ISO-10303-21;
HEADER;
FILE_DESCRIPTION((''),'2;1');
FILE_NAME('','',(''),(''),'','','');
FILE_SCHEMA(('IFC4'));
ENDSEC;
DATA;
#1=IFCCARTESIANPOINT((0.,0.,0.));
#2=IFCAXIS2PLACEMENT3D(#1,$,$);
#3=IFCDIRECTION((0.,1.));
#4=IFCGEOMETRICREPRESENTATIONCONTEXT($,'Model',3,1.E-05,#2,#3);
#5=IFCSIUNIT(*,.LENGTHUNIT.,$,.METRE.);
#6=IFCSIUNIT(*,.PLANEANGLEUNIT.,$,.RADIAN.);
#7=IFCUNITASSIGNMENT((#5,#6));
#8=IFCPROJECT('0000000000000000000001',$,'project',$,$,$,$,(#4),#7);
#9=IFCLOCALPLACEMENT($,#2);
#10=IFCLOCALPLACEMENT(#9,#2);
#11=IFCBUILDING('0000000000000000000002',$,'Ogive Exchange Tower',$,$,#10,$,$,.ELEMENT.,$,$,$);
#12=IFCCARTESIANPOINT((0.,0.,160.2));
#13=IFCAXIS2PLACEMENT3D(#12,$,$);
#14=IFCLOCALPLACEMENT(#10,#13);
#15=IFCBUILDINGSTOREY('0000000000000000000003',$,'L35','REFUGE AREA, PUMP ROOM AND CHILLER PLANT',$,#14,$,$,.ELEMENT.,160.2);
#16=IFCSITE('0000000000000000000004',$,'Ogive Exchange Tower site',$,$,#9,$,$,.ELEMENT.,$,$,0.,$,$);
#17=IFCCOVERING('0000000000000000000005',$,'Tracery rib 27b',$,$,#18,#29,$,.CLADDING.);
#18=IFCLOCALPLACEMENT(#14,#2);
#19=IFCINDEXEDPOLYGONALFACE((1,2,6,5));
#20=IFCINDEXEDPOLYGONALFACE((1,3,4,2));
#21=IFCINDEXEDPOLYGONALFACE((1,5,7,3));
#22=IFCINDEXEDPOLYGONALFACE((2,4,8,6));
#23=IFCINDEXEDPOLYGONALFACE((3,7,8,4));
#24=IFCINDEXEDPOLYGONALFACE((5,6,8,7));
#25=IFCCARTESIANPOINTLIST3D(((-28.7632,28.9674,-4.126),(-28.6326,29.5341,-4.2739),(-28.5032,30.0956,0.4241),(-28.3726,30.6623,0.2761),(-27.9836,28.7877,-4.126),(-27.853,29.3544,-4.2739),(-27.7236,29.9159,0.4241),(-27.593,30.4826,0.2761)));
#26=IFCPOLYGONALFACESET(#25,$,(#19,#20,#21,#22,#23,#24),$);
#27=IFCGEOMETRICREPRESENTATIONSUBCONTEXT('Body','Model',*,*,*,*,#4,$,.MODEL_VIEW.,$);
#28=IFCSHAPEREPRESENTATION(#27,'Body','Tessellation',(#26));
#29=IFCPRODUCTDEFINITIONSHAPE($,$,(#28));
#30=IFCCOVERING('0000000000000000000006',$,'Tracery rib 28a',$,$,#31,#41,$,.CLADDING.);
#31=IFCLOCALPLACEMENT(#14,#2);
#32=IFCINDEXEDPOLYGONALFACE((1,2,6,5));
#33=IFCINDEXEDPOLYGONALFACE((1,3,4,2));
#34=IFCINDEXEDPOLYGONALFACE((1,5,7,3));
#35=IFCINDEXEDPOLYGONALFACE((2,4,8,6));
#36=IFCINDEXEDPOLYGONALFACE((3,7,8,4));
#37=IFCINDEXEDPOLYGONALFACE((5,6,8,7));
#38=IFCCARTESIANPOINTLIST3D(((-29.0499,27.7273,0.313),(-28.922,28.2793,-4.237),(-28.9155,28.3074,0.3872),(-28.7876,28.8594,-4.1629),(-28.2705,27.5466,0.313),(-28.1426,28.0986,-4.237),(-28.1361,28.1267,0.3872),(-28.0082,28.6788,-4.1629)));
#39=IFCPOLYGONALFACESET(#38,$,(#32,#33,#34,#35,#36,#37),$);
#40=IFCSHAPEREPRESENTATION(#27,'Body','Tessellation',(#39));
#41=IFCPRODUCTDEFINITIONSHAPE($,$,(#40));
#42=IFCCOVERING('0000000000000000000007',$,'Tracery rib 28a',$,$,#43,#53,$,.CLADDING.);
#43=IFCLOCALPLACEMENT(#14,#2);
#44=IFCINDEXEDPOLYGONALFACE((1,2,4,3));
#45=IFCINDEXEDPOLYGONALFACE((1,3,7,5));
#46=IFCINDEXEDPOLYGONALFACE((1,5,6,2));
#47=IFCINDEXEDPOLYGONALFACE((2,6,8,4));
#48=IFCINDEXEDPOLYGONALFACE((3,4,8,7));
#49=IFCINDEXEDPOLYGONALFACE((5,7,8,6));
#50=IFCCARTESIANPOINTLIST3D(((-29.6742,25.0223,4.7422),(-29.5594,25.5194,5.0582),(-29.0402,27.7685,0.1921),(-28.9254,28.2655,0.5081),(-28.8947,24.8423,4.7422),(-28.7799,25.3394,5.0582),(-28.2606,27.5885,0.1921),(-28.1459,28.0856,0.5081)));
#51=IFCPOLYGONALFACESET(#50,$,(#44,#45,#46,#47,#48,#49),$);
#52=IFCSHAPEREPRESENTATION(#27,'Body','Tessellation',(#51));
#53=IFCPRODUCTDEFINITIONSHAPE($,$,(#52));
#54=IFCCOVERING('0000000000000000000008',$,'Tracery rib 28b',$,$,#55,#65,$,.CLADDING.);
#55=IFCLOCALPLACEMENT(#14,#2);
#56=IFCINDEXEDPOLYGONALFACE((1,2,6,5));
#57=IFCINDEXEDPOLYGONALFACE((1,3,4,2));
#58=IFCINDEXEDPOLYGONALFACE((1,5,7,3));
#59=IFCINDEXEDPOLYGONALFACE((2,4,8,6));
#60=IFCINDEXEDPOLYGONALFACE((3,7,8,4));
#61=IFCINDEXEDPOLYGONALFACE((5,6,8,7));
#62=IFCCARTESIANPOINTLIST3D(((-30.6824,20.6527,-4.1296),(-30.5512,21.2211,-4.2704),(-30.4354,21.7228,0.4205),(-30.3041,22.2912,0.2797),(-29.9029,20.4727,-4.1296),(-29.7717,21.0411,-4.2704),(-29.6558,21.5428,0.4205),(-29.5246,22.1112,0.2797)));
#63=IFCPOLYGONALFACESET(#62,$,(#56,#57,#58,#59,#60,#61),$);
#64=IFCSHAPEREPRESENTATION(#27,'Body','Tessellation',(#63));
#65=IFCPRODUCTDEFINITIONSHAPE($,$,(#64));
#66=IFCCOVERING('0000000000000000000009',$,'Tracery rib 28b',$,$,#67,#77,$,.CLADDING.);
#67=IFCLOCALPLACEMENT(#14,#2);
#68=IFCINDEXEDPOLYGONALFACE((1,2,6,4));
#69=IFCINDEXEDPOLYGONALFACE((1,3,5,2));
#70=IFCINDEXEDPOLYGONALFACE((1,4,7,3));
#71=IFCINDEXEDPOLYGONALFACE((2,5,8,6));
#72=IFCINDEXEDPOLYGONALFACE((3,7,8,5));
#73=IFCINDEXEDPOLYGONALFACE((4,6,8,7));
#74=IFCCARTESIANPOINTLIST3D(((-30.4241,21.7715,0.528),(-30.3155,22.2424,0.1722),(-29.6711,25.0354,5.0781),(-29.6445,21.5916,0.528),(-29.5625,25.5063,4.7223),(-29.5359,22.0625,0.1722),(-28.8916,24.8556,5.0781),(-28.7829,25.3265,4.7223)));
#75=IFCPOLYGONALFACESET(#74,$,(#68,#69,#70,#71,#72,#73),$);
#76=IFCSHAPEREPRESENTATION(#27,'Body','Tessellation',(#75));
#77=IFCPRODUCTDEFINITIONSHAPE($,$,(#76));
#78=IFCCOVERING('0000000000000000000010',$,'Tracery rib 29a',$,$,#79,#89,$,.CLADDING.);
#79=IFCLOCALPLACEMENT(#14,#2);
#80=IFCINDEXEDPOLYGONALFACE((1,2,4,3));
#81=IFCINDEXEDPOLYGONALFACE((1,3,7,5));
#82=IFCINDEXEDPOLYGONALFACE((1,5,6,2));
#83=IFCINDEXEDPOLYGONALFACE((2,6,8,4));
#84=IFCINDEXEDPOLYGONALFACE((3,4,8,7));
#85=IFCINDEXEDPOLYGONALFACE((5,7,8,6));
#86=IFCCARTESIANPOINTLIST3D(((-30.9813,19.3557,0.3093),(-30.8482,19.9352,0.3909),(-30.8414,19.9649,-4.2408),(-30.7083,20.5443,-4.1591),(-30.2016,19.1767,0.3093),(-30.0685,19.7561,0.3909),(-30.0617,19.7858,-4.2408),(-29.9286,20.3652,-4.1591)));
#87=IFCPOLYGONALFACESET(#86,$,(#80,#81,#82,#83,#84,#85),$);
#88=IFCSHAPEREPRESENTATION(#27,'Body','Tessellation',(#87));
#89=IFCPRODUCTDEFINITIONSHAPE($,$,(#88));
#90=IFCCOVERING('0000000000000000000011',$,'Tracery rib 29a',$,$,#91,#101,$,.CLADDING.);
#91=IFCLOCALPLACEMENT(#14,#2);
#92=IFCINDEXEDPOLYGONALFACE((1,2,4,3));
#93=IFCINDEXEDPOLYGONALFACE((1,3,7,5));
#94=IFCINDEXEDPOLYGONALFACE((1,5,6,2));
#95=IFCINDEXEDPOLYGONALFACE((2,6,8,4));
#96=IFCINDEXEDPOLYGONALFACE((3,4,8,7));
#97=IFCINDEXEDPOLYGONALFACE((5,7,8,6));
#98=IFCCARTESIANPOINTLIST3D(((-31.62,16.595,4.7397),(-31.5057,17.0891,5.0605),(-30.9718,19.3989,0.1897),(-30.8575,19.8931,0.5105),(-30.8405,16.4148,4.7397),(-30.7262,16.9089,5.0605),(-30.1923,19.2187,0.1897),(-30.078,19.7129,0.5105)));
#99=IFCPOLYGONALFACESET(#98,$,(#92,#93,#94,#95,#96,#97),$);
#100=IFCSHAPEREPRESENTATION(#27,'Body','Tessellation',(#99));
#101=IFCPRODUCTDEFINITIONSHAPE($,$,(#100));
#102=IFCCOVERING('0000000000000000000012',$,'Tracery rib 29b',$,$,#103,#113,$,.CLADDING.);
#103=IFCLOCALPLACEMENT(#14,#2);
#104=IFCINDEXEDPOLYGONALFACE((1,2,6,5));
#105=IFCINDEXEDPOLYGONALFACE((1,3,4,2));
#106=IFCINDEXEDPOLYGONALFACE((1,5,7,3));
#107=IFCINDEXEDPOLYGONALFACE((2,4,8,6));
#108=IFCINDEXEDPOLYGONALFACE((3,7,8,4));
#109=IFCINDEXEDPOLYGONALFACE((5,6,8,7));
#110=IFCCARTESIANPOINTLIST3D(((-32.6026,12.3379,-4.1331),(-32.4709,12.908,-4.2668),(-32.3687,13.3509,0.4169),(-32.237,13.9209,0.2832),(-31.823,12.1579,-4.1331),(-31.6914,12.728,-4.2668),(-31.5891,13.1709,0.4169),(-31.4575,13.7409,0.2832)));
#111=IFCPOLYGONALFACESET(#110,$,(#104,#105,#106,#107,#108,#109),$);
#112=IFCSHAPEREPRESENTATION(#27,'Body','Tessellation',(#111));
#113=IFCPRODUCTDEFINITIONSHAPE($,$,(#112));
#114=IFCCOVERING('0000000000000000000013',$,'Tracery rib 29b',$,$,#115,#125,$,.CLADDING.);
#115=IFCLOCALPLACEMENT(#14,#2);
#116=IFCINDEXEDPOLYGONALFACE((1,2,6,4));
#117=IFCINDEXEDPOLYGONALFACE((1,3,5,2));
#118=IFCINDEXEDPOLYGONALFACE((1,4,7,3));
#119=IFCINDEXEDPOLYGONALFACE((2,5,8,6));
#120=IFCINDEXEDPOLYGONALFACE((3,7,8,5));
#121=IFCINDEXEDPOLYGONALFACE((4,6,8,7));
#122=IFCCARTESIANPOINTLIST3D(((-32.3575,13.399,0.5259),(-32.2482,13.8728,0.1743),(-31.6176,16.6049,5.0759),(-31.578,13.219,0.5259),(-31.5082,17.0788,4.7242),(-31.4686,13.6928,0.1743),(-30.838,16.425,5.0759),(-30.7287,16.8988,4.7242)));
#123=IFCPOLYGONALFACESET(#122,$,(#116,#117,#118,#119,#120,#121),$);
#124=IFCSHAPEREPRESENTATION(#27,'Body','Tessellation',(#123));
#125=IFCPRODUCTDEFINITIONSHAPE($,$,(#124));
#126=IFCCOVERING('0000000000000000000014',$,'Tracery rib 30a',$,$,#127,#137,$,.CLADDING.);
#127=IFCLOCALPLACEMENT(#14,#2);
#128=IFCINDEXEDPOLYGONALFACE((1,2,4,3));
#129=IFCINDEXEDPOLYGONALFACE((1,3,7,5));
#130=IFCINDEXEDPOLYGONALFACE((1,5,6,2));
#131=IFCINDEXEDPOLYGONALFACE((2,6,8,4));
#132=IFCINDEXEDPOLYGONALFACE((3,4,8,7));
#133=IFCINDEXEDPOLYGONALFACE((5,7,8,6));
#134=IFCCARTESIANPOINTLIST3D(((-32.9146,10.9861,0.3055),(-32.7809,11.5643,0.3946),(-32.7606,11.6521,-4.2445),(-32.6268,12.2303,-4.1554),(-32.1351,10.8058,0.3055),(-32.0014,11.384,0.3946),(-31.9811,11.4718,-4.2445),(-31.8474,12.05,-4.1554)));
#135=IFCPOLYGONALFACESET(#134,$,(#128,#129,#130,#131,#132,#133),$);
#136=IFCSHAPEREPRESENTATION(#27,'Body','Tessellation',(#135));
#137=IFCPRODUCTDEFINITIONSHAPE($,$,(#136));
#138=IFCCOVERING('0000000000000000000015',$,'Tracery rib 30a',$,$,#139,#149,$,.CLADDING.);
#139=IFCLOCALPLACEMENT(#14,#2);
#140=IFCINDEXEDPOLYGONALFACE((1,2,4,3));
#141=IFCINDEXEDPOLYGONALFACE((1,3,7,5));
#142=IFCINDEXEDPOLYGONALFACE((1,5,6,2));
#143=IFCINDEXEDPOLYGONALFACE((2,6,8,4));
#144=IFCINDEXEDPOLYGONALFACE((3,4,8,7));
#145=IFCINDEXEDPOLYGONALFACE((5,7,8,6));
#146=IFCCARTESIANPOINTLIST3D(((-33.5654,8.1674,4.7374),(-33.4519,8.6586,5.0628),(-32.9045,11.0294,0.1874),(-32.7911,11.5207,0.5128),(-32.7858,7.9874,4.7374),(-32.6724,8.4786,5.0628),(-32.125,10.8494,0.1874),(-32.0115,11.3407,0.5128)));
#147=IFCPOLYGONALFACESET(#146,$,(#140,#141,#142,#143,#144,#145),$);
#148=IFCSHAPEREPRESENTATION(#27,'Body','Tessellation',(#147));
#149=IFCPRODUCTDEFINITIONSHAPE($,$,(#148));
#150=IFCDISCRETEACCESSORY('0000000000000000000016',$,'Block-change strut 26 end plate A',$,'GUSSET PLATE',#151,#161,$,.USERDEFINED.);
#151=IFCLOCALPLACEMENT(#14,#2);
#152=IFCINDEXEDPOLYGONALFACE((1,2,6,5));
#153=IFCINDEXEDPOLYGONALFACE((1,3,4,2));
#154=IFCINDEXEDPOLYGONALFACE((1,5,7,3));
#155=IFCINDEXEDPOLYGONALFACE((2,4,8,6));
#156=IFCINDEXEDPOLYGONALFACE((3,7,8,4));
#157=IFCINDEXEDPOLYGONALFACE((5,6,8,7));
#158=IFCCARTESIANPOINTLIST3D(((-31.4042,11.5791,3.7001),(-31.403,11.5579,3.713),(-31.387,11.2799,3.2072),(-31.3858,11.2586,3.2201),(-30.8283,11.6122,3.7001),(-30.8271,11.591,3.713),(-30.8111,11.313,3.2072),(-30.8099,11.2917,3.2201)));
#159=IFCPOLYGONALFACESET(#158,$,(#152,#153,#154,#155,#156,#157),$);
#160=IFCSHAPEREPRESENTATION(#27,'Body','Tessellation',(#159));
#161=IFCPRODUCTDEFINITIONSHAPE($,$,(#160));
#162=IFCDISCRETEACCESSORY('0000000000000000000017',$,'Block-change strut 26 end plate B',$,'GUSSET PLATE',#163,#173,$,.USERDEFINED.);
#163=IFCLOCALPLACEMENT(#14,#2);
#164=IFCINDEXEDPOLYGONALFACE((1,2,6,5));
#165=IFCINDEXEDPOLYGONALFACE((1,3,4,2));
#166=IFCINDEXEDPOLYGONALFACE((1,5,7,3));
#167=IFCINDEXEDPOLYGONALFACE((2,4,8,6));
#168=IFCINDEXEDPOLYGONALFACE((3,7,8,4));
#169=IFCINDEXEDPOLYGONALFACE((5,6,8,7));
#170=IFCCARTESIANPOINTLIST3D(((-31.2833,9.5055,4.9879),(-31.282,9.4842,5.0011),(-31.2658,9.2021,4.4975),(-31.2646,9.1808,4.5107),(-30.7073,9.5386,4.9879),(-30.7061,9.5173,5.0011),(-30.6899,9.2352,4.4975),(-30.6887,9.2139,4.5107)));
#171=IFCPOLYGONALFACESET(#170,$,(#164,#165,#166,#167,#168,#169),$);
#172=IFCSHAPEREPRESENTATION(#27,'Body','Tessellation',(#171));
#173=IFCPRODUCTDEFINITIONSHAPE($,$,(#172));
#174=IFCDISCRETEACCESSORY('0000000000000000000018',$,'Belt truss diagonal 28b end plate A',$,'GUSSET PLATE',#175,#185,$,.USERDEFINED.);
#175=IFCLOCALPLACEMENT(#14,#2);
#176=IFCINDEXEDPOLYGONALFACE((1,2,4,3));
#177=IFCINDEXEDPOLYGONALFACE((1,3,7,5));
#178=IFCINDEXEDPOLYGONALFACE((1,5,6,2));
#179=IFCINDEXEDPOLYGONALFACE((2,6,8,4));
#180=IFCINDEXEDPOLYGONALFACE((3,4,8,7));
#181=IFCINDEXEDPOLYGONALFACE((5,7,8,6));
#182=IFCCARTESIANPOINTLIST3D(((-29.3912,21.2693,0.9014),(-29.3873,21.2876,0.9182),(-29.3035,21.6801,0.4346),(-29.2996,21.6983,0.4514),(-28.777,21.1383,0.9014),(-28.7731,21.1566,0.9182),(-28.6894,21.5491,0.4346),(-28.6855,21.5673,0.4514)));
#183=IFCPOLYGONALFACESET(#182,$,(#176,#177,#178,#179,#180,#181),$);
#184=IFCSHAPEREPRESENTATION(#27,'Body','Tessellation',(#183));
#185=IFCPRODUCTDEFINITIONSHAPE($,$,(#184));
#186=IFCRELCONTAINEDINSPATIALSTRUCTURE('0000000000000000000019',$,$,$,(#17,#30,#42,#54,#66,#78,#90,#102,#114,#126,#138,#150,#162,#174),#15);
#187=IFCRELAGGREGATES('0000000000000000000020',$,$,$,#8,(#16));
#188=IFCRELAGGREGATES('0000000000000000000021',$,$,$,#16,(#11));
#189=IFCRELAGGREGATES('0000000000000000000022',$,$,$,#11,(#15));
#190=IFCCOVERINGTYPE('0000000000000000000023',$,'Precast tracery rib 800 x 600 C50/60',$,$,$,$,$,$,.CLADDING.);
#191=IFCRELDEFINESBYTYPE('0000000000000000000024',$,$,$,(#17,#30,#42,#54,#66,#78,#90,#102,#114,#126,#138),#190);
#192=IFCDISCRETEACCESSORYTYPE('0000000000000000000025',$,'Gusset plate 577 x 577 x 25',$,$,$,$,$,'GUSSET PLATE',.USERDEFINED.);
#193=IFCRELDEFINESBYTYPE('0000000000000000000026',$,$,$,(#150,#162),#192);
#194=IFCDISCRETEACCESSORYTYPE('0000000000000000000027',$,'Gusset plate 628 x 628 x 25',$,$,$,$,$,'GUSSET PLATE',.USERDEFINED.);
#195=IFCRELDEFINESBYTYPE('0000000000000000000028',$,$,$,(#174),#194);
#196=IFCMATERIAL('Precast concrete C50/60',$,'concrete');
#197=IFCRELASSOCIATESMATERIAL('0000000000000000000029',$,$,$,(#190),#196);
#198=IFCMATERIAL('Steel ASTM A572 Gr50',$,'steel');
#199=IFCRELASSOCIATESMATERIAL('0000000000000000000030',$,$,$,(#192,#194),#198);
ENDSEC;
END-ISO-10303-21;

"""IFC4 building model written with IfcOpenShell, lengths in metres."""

from ifc_helpers import new_model, si_unit, direction, frame, origin, origin_2d, place, context, subcontext, project, spatial, rectangle, extrude, material, material_profile, profile_set, type_object, element, save


model = new_model("IFC4")

# Units and contexts
model_context = context("Model", 3, precision=1e-05, world=origin(), true_north=direction((0.0, 1.0)))
body_context = subcontext(model_context, "Body", "Model", "MODEL_VIEW")
ifc_project = project(units=[si_unit("LENGTHUNIT", "METRE"), si_unit("PLANEANGLEUNIT", "RADIAN")], contexts=[model_context])

# Site, building, storey
site_placement = place(None, origin())
site = spatial("IfcSite", under=ifc_project, at=site_placement, Name="Ogive Exchange Tower site", CompositionType="ELEMENT", RefElevation=0.0)
building_placement = place(site_placement, origin())
building = spatial("IfcBuilding", under=site, at=building_placement, Name="Ogive Exchange Tower", CompositionType="ELEMENT")
storey_placement = place(building_placement, frame((0.0, 0.0, 160.2)))
storey = spatial("IfcBuildingStorey", under=building, at=storey_placement, Name="L35", Description="REFUGE AREA, PUMP ROOM AND CHILLER PLANT", CompositionType="ELEMENT", Elevation=160.2)

# Coverings
ifc_material_1 = material(Name="Precast concrete C50/60", Category="concrete")
ifc_material_profile_1 = material_profile(ifc_material_1, rectangle(XDim=0.8, YDim=0.6001, at=origin_2d()), Name="RIB 800 x 600")
ifc_profile_set_1 = profile_set([ifc_material_profile_1], Name="Precast concrete C50/60")
covering_type = type_object("IfcCoveringType", Name="Precast tracery rib 800 x 600 C50/60", PredefinedType="CLADDING", material=ifc_profile_set_1)
covering_1_placement = place(storey_placement, frame((-28.3081, 29.1609, -4.2), z_axis=(0.05538, 0.240291, 0.96912), x_axis=(-0.974455, 0.224582, 0.0)))
element("IfcCovering", 1, at=covering_1_placement, inside=storey, type_object=covering_type, Name="Tracery rib 27b", PredefinedType="CLADDING", context=body_context, shape_type="SweptSolid", body=[
    extrude(rectangle(XDim=0.8, YDim=0.6001, at=origin_2d()), origin(), (0.0, 0.0, 1.0), 4.6951),
])
covering_2_placement = place(storey_placement, frame((-28.4651, 28.479, -4.2), z_axis=(-0.027901, -0.120388, 0.992335), x_axis=(0.97418, -0.225772, 0.0)))
element("IfcCovering", 2, at=covering_2_placement, inside=storey, type_object=covering_type, Name="Tracery rib 28a", PredefinedType="CLADDING", context=body_context, shape_type="SweptSolid", body=[
    extrude(rectangle(XDim=0.8, YDim=0.6001, at=origin_2d()), origin(), (0.0, 0.0, 1.0), 4.5852),
])
covering_3_placement = place(storey_placement, frame((-28.593, 27.927, 0.3501), z_axis=(-0.118462, -0.513078, 0.850128), x_axis=(0.974366, -0.224967, 0.0)))
element("IfcCovering", 3, at=covering_3_placement, inside=storey, type_object=covering_type, Name="Tracery rib 28a", PredefinedType="CLADDING", context=body_context, shape_type="SweptSolid", body=[
    extrude(rectangle(XDim=0.8, YDim=0.6001, at=origin_2d()), origin(), (0.0, 0.0, 1.0), 5.3523),
])
covering_4_placement = place(storey_placement, frame((-30.2271, 20.8469, -4.2), z_axis=(0.052785, 0.228612, 0.972085), x_axis=(-0.974365, 0.224973, 0.0)))
element("IfcCovering", 4, at=covering_4_placement, inside=storey, type_object=covering_type, Name="Tracery rib 28b", PredefinedType="CLADDING", context=body_context, shape_type="SweptSolid", body=[
    extrude(rectangle(XDim=0.8, YDim=0.6001, at=origin_2d()), origin(), (0.0, 0.0, 1.0), 4.6807),
])
covering_5_placement = place(storey_placement, frame((-29.98, 21.917, 0.3501), z_axis=(0.133261, 0.57768, 0.805312), x_axis=(-0.97441, 0.22478, 0.0)))
element("IfcCovering", 5, at=covering_5_placement, inside=storey, type_object=covering_type, Name="Tracery rib 28b", PredefinedType="CLADDING", context=body_context, shape_type="SweptSolid", body=[
    extrude(rectangle(XDim=0.8, YDim=0.6001, at=origin_2d()), origin(), (0.0, 0.0, 1.0), 5.6501),
])
covering_6_placement = place(storey_placement, frame((-30.385, 20.165, -4.2), z_axis=(-0.030459, -0.132628, 0.990698), x_axis=(0.974628, -0.223832, 0.0)))
element("IfcCovering", 6, at=covering_6_placement, inside=storey, type_object=covering_type, Name="Tracery rib 29a", PredefinedType="CLADDING", context=body_context, shape_type="SweptSolid", body=[
    extrude(rectangle(XDim=0.8, YDim=0.6001, at=origin_2d()), origin(), (0.0, 0.0, 1.0), 4.5928),
])
covering_7_placement = place(storey_placement, frame((-30.5249, 19.5559, 0.3501), z_axis=(-0.120397, -0.520814, 0.845138), x_axis=(0.974305, -0.225231, 0.0)))
element("IfcCovering", 7, at=covering_7_placement, inside=storey, type_object=covering_type, Name="Tracery rib 29a", PredefinedType="CLADDING", context=body_context, shape_type="SweptSolid", body=[
    extrude(rectangle(XDim=0.8, YDim=0.6001, at=origin_2d()), origin(), (0.0, 0.0, 1.0), 5.3838),
])
covering_8_placement = place(storey_placement, frame((-32.147, 12.533, -4.2), z_axis=(0.050112, 0.217029, 0.974878), x_axis=(-0.974363, 0.22498, 0.0)))
element("IfcCovering", 8, at=covering_8_placement, inside=storey, type_object=covering_type, Name="Tracery rib 29b", PredefinedType="CLADDING", context=body_context, shape_type="SweptSolid", body=[
    extrude(rectangle(XDim=0.8, YDim=0.6001, at=origin_2d()), origin(), (0.0, 0.0, 1.0), 4.6672),
])
covering_9_placement = place(storey_placement, frame((-31.9131, 13.5459, 0.3501), z_axis=(0.131786, 0.57097, 0.810324), x_axis=(-0.974382, 0.224897, 0.0)))
element("IfcCovering", 9, at=covering_9_placement, inside=storey, type_object=covering_type, Name="Tracery rib 29b", PredefinedType="CLADDING", context=body_context, shape_type="SweptSolid", body=[
    extrude(rectangle(XDim=0.8, YDim=0.6001, at=origin_2d()), origin(), (0.0, 0.0, 1.0), 5.615),
])
covering_10_placement = place(storey_placement, frame((-32.304, 11.8511, -4.2), z_axis=(-0.033482, -0.144751, 0.988901), x_axis=(0.974277, -0.225355, 0.0)))
element("IfcCovering", 10, at=covering_10_placement, inside=storey, type_object=covering_type, Name="Tracery rib 30a", PredefinedType="CLADDING", context=body_context, shape_type="SweptSolid", body=[
    extrude(rectangle(XDim=0.8, YDim=0.6001, at=origin_2d()), origin(), (0.0, 0.0, 1.0), 4.6011),
])
covering_11_placement = place(storey_placement, frame((-32.458, 11.1851, 0.3501), z_axis=(-0.122029, -0.528463, 0.84014), x_axis=(0.97436, -0.224993, 0.0)))
element("IfcCovering", 11, at=covering_11_placement, inside=storey, type_object=covering_type, Name="Tracery rib 30a", PredefinedType="CLADDING", context=body_context, shape_type="SweptSolid", body=[
    extrude(rectangle(XDim=0.8, YDim=0.6001, at=origin_2d()), origin(), (0.0, 0.0, 1.0), 5.4158),
])

# Discrete accessories
ifc_material_2 = material(Name="Steel ASTM A572 Gr50", Category="steel")
ifc_material_profile_2 = material_profile(ifc_material_2, rectangle(XDim=0.5769, YDim=0.5769, at=origin_2d()), Name="PL 577 x 577 x 25")
ifc_profile_set_2 = profile_set([ifc_material_profile_2], Name="Steel ASTM A572 Gr50")
discrete_accessory_type_1 = type_object("IfcDiscreteAccessoryType", Name="Gusset plate 577 x 577 x 25", ElementType="GUSSET PLATE", PredefinedType="USERDEFINED", material=ifc_profile_set_2)
discrete_accessory_1_placement = place(storey_placement, frame((-31.1077, 11.446, 3.4536), z_axis=(0.049022, -0.852982, 0.519633), x_axis=(0.998353, 0.057377, 0.0)))
element("IfcDiscreteAccessory", 12, at=discrete_accessory_1_placement, inside=storey, type_object=discrete_accessory_type_1, Name="Block-change strut 26 end plate A", ObjectType="GUSSET PLATE", PredefinedType="USERDEFINED", context=body_context, shape_type="SweptSolid", body=[
    extrude(rectangle(XDim=0.5769, YDim=0.5769, at=origin_2d()), origin(), (0.0, 0.0, 1.0), 0.0249),
])
discrete_accessory_2_placement = place(storey_placement, frame((-30.9866, 9.3704, 4.7427), z_axis=(0.048772, -0.848629, 0.526735), x_axis=(0.998353, 0.057377, 0.0)))
element("IfcDiscreteAccessory", 13, at=discrete_accessory_2_placement, inside=storey, type_object=discrete_accessory_type_1, Name="Block-change strut 26 end plate B", ObjectType="GUSSET PLATE", PredefinedType="USERDEFINED", context=body_context, shape_type="SweptSolid", body=[
    extrude(rectangle(XDim=0.5769, YDim=0.5769, at=origin_2d()), origin(), (0.0, 0.0, 1.0), 0.0251),
])
ifc_material_profile_3 = material_profile(ifc_material_2, rectangle(XDim=0.6279, YDim=0.6279, at=origin_2d()), Name="PL 628 x 628 x 25")
ifc_profile_set_3 = profile_set([ifc_material_profile_3], Name="Steel ASTM A572 Gr50")
discrete_accessory_type_2 = type_object("IfcDiscreteAccessoryType", Name="Gusset plate 628 x 628 x 25", ElementType="GUSSET PLATE", PredefinedType="USERDEFINED", material=ifc_profile_set_3)
for number, where, z_axis, x_axis, name in (
    (14, (-29.0403, 21.4092, 0.668), (0.155099, 0.727025, 0.668863), (-0.977993, 0.208638, 0.0), "Belt truss diagonal 28b end plate A"),
):
    element("IfcDiscreteAccessory", number, at=place(storey_placement, frame(where, z_axis=z_axis, x_axis=x_axis)), inside=storey, type_object=discrete_accessory_type_2, Name=name, ObjectType="GUSSET PLATE", PredefinedType="USERDEFINED", context=body_context, shape_type="SweptSolid", body=[
        extrude(rectangle(XDim=0.6279, YDim=0.6279, at=origin_2d()), origin(), (0.0, 0.0, 1.0), 0.0251),
    ])

save(model, "model.ifc")
